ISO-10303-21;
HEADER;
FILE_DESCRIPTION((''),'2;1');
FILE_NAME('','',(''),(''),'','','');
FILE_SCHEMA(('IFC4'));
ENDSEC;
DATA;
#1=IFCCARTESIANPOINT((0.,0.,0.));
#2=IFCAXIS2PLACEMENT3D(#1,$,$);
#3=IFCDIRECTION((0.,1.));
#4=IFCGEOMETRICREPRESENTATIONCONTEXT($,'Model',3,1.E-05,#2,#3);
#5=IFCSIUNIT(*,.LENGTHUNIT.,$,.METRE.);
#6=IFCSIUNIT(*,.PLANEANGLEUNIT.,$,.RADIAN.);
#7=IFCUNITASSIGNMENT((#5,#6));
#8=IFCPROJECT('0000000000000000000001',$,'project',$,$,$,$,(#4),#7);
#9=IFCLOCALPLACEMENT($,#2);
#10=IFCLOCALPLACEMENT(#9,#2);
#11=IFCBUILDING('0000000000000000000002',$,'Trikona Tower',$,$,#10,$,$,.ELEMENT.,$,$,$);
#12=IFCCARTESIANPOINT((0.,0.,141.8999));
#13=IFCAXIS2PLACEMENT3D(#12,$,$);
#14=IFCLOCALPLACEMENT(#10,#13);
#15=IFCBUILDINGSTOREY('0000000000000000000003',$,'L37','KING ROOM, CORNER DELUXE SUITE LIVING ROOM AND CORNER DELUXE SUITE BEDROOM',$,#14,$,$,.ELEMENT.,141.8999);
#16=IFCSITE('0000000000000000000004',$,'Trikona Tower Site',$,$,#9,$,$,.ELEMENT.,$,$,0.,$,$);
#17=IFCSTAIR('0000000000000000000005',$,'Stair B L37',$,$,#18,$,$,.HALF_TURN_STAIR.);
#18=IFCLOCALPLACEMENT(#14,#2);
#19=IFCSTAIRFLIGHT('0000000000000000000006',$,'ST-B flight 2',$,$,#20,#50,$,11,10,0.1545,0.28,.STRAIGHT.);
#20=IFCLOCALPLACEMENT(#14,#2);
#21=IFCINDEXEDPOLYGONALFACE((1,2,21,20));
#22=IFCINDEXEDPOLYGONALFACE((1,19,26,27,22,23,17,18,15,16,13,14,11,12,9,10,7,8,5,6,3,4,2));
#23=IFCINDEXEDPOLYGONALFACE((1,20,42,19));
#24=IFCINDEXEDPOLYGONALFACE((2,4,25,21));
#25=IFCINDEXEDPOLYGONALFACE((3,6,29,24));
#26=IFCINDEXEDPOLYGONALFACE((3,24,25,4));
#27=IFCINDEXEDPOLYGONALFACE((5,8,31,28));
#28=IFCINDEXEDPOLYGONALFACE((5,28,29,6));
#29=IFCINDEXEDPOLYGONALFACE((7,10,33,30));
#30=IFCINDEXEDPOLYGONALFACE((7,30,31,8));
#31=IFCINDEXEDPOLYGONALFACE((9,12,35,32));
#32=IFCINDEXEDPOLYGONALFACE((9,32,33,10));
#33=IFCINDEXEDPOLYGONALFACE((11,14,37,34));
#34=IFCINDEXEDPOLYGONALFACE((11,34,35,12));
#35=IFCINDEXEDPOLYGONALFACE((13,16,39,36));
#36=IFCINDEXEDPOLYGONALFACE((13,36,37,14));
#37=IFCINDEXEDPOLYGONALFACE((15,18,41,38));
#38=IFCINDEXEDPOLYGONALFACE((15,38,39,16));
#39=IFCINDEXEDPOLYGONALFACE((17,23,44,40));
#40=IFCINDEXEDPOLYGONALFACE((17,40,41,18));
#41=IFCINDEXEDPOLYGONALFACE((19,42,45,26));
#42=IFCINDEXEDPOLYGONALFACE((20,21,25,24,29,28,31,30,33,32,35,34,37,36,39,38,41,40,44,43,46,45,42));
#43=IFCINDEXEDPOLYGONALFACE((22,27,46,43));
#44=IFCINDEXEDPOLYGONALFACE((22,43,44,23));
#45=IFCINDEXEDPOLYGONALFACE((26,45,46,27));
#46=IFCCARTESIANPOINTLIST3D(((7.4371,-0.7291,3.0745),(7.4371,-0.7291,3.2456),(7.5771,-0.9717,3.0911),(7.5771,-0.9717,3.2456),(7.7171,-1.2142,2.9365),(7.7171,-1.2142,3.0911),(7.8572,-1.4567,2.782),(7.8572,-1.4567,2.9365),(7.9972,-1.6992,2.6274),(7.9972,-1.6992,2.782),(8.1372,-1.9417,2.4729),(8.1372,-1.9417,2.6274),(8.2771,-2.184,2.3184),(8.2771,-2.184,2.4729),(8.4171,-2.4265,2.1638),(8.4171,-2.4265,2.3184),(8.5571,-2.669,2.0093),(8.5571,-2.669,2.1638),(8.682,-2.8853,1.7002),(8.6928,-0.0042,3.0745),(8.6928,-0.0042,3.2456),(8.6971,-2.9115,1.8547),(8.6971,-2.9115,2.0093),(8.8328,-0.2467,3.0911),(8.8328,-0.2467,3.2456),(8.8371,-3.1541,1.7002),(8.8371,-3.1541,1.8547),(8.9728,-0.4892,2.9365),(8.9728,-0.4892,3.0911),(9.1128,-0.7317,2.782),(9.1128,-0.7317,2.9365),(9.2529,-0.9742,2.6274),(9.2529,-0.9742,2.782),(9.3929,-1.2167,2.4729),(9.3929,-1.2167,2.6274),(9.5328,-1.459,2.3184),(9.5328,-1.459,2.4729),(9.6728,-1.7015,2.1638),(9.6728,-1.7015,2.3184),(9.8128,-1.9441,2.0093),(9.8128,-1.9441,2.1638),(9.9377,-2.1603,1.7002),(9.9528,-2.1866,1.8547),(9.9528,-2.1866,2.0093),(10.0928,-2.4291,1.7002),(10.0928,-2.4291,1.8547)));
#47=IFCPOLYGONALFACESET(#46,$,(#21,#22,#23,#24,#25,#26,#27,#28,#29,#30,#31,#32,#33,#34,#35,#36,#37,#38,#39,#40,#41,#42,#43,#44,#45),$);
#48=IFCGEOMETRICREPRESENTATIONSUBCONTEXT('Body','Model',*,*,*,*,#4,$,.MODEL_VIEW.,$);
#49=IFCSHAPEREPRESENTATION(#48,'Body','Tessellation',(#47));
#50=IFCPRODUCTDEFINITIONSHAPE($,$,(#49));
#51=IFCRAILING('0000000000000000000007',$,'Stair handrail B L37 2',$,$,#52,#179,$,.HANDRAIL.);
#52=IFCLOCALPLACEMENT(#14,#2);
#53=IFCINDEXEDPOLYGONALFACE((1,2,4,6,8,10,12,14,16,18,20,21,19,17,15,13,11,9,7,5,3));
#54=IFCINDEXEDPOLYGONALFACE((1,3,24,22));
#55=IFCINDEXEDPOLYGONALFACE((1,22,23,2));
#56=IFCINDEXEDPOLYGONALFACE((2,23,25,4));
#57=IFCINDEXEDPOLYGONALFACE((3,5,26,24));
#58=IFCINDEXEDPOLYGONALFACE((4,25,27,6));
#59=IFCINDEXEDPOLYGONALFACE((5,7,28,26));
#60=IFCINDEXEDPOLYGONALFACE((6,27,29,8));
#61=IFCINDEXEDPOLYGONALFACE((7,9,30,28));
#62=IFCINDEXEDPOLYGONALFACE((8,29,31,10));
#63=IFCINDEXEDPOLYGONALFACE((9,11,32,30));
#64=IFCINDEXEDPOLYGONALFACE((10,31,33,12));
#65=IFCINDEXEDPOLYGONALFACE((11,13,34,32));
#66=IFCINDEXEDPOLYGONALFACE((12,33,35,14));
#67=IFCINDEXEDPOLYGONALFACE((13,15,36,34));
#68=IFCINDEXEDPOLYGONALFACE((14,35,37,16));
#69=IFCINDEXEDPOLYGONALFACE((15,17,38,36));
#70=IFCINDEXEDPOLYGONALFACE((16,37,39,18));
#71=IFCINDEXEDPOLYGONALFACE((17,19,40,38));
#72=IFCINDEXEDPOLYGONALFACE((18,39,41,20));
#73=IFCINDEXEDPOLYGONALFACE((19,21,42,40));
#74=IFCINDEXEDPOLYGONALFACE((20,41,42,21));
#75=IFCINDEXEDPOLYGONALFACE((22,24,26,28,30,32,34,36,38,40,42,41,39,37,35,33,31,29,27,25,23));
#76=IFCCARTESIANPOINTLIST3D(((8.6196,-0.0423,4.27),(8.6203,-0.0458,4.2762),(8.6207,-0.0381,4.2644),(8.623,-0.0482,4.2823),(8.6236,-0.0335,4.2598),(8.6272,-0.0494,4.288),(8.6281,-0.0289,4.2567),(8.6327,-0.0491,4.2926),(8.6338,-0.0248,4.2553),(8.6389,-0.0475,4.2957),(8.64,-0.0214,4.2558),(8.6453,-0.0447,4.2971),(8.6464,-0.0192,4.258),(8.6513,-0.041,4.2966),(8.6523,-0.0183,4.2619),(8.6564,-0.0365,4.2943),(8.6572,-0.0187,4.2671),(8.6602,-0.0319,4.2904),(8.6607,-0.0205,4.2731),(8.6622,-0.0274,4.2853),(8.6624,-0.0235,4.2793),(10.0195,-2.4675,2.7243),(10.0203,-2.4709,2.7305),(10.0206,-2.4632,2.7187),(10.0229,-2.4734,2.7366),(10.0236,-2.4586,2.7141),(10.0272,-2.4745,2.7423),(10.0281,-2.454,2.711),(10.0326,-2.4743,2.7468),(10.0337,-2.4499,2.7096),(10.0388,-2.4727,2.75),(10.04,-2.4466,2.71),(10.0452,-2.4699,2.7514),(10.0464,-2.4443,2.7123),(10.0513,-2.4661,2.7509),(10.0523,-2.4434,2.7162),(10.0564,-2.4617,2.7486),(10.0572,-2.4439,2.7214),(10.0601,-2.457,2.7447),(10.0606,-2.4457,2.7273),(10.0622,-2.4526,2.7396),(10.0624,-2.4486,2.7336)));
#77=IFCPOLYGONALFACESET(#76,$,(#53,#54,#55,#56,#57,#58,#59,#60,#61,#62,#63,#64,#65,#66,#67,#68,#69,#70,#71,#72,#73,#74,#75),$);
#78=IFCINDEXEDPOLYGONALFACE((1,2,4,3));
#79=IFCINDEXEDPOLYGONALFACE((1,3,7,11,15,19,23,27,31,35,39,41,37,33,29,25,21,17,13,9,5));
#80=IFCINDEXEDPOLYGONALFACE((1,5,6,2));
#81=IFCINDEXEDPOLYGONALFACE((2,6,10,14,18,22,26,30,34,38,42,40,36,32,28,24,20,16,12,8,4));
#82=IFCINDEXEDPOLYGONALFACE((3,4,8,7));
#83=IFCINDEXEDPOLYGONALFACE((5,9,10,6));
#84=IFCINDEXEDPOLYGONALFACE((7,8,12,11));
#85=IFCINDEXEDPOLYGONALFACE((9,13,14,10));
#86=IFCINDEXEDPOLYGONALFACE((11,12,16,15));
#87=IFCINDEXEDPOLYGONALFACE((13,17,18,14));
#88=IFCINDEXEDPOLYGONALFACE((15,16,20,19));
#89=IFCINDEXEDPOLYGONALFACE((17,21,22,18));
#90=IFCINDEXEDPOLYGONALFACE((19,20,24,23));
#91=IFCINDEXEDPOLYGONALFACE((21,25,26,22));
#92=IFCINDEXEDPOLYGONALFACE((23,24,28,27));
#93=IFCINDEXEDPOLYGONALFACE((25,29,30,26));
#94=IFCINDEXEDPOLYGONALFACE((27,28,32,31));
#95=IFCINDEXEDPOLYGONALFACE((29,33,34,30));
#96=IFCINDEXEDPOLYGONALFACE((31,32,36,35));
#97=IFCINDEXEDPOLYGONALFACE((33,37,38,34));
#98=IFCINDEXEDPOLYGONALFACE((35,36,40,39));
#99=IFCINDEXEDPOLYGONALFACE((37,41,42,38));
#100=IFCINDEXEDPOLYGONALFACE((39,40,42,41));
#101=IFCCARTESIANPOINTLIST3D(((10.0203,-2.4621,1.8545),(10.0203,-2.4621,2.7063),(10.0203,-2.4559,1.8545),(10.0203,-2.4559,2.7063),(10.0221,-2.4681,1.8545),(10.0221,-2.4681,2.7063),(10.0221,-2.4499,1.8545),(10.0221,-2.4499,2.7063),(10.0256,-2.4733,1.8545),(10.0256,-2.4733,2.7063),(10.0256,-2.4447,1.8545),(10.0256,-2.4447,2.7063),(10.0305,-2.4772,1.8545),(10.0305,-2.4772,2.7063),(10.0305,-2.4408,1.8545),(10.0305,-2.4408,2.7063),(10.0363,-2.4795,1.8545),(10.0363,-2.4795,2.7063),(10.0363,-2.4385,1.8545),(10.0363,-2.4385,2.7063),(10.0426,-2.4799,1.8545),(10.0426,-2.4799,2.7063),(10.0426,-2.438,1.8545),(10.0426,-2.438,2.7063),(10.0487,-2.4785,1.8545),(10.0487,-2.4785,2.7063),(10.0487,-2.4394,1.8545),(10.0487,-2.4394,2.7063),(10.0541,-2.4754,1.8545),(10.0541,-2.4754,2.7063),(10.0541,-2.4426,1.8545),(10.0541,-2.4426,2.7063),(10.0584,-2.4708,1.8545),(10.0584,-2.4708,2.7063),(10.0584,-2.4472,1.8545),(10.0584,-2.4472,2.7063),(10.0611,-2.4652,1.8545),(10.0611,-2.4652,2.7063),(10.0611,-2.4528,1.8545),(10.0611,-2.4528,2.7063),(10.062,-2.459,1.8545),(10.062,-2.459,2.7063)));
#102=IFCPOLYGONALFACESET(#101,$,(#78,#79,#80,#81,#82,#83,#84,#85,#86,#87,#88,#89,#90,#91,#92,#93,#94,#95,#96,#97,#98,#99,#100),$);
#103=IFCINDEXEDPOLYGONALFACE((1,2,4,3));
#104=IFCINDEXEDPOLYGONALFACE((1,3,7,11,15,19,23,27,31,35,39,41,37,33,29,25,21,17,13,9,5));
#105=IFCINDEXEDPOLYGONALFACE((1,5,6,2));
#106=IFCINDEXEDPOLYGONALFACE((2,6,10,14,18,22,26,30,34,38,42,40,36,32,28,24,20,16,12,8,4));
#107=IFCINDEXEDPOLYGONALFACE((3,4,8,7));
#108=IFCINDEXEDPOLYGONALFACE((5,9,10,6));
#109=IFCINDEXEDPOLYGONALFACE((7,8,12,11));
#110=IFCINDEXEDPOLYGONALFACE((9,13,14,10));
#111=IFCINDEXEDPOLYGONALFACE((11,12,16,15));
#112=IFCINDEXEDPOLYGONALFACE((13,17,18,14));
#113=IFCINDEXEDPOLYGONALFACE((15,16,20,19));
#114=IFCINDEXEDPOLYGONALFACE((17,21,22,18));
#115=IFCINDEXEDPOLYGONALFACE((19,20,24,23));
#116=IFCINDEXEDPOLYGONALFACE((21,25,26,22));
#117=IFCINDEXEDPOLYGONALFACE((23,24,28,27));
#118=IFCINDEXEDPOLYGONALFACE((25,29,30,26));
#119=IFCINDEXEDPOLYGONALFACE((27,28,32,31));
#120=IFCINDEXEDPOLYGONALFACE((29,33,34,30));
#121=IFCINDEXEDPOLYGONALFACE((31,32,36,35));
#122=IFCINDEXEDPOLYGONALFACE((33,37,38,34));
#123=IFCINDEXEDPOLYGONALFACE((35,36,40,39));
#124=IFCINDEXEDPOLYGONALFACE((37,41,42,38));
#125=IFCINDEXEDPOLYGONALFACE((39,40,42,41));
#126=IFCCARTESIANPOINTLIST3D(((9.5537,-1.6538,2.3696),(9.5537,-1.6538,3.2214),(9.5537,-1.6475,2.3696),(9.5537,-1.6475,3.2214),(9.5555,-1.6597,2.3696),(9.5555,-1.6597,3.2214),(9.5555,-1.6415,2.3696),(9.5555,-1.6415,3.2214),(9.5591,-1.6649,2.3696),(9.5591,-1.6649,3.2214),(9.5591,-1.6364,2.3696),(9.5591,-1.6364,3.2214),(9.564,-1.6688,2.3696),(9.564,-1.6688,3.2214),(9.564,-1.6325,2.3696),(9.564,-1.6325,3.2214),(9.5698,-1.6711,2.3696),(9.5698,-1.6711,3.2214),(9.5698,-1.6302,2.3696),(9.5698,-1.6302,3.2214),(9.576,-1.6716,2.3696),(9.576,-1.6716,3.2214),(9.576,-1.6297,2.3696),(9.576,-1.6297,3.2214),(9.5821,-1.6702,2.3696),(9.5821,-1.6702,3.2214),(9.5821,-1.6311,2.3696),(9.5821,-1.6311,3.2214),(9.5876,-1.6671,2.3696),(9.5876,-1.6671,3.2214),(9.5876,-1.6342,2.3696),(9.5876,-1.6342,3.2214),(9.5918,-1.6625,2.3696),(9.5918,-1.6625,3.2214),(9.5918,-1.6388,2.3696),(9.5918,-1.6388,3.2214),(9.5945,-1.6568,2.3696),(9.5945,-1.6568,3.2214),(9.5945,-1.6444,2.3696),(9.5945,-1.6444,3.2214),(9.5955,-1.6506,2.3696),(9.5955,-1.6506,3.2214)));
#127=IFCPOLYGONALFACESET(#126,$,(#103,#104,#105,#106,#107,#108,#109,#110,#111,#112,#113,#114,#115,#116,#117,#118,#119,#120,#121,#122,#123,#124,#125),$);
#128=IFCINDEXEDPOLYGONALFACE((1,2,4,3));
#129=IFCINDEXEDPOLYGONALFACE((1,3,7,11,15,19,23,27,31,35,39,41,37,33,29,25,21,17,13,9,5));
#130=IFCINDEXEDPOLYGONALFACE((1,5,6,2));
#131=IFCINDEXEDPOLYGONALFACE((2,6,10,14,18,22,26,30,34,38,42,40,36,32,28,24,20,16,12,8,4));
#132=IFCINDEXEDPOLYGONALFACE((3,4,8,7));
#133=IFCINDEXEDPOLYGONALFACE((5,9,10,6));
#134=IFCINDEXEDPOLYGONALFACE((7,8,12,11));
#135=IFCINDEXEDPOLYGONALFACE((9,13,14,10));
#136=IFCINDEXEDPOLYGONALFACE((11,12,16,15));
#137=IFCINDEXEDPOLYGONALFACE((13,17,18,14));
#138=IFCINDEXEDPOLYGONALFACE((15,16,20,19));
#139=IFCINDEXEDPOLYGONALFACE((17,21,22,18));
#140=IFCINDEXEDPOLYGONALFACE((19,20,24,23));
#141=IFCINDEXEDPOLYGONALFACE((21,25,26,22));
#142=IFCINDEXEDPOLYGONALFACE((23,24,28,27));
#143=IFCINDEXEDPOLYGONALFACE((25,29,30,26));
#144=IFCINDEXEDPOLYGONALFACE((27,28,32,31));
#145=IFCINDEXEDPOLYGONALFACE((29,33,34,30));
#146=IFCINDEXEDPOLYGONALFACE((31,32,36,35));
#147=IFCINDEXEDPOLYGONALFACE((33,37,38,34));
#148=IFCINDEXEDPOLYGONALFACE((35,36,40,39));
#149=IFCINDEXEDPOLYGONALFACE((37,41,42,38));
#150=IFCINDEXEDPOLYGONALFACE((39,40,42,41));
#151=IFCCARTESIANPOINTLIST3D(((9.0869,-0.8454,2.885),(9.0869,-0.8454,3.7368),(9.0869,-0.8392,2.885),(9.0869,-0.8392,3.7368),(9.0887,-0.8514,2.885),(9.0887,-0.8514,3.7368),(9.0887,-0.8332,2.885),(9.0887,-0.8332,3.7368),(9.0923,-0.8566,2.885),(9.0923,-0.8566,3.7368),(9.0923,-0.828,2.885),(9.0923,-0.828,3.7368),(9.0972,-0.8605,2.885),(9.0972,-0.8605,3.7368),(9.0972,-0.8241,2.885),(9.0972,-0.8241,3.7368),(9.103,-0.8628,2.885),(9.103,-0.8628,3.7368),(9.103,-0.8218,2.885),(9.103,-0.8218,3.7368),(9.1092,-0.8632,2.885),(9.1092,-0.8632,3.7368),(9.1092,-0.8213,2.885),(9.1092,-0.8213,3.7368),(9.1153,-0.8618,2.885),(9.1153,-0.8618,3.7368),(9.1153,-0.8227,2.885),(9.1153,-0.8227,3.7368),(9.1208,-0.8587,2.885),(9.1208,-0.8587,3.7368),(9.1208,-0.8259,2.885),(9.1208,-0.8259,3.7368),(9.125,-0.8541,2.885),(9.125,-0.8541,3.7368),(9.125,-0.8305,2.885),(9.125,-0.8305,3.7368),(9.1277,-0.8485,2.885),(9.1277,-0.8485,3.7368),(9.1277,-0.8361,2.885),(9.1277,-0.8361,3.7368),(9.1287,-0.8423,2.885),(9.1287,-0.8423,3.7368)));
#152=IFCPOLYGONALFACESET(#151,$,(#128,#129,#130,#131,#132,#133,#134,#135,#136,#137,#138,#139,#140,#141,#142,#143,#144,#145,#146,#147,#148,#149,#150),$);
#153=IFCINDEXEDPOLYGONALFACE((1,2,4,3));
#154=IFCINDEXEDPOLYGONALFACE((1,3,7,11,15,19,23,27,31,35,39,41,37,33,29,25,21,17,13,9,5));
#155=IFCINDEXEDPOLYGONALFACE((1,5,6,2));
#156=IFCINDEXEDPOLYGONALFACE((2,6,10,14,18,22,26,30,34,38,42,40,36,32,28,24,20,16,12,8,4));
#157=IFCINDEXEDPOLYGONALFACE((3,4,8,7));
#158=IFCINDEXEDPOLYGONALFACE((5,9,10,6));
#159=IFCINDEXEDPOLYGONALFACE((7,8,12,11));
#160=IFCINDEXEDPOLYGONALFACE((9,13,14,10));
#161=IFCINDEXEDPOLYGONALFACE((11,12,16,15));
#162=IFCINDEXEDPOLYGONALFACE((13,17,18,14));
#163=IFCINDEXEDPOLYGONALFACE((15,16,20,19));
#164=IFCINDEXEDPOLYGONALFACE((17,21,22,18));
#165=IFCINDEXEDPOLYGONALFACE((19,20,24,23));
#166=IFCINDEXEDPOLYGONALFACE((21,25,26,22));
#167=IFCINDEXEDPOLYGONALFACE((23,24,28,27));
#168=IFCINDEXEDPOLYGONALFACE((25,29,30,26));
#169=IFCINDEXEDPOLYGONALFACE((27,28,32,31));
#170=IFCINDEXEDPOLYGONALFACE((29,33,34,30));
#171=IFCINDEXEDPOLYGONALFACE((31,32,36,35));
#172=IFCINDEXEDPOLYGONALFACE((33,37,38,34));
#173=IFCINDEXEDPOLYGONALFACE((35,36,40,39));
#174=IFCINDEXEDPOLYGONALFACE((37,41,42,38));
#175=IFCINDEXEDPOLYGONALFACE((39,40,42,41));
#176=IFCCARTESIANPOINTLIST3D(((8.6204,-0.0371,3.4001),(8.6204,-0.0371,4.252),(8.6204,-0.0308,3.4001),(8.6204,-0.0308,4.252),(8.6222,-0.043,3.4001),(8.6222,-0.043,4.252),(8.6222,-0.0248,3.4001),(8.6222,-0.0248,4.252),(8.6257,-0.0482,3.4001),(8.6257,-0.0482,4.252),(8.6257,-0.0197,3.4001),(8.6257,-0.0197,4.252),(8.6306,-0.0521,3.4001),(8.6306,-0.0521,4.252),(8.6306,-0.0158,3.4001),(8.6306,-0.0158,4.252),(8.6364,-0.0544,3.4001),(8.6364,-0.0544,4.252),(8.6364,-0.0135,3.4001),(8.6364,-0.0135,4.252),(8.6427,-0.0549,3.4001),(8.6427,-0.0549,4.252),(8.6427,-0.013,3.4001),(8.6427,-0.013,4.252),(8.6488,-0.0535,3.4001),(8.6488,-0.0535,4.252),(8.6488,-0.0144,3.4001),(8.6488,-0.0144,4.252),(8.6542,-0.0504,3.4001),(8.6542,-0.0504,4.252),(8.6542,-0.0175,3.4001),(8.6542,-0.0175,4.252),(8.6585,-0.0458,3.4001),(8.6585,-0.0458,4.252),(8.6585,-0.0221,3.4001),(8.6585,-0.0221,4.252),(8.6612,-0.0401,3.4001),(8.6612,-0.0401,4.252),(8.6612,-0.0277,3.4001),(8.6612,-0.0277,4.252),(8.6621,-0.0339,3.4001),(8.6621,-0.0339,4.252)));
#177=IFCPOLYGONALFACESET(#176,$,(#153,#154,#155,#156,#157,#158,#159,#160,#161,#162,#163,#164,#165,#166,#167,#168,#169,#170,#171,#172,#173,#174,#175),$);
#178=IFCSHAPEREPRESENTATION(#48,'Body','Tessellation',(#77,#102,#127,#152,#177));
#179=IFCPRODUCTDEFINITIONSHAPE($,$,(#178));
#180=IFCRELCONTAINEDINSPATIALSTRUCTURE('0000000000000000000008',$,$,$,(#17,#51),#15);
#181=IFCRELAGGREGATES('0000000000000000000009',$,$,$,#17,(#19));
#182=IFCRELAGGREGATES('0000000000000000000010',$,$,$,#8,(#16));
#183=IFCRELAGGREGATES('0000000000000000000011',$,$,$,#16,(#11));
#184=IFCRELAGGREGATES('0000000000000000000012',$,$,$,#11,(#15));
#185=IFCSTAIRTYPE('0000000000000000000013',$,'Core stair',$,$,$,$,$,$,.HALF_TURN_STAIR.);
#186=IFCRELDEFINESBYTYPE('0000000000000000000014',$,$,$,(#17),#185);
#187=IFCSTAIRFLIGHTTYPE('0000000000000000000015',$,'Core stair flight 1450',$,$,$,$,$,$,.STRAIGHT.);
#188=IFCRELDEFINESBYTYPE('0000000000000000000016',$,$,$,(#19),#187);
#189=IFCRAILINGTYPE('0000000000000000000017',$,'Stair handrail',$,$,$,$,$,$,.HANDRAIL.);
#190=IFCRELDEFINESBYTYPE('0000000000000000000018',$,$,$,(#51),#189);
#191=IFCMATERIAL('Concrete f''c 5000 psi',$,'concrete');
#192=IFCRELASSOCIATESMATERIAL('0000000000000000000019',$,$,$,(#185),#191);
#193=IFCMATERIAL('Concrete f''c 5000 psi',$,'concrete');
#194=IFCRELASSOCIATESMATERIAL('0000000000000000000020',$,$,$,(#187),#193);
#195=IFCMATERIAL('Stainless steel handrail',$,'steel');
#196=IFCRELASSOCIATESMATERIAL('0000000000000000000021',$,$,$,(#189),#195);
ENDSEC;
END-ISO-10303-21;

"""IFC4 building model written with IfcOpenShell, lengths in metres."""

from ifc_helpers import new_model, si_unit, direction, frame, origin, origin_2d, place, context, subcontext, project, spatial, polyline, circle, outline, extrude, material, type_object, element, aggregate, save


model = new_model("IFC4")

# Units and contexts
model_context = context("Model", 3, precision=1e-05, world=origin(), true_north=direction((0.0, 1.0)))
body_context = subcontext(model_context, "Body", "Model", "MODEL_VIEW")
ifc_project = project(units=[si_unit("LENGTHUNIT", "METRE"), si_unit("PLANEANGLEUNIT", "RADIAN")], contexts=[model_context])

# Site, building, storey
site_placement = place(None, origin())
site = spatial("IfcSite", under=ifc_project, at=site_placement, Name="Trikona Tower Site", CompositionType="ELEMENT", RefElevation=0.0)
building_placement = place(site_placement, origin())
building = spatial("IfcBuilding", under=site, at=building_placement, Name="Trikona Tower", CompositionType="ELEMENT")
storey_placement = place(building_placement, frame((0.0, 0.0, 141.8999)))
storey = spatial("IfcBuildingStorey", under=building, at=storey_placement, Name="L37", Description="KING ROOM, CORNER DELUXE SUITE LIVING ROOM AND CORNER DELUXE SUITE BEDROOM", CompositionType="ELEMENT", Elevation=141.8999)

# Stair, stair flight
ifc_material_1 = material(Name="Concrete f'c 5000 psi", Category="concrete")
stair_type = type_object("IfcStairType", Name="Core stair", PredefinedType="HALF_TURN_STAIR", material=ifc_material_1)
stair_placement = place(storey_placement, origin())
stair = element("IfcStair", 1, at=stair_placement, inside=storey, type_object=stair_type, Name="Stair B L37", PredefinedType="HALF_TURN_STAIR")
ifc_material_2 = material(Name="Concrete f'c 5000 psi", Category="concrete")
stair_flight_type = type_object("IfcStairFlightType", Name="Core stair flight 1450", PredefinedType="STRAIGHT", material=ifc_material_2)
stair_flight_placement = place(storey_placement, frame((9.4651, -2.7915, 1.7002), z_axis=(0.0, 0.0, 1.0), x_axis=(-0.5, 0.866025, 0.0)))
stair_flight = element("IfcStairFlight", 2, at=stair_flight_placement, type_object=stair_flight_type, Name="ST-B flight 2", NumberOfRisers=11, NumberOfTreads=10, PredefinedType="STRAIGHT", RiserHeight=0.1545, TreadLength=0.28, context=body_context, shape_type="SweptSolid", body=[
    extrude(outline(polyline([(0.0, 0.0), (0.0, 0.1545), (0.28, 0.1545), (0.28, 0.3091), (0.5601, 0.3091), (0.5601, 0.4636), (0.8401, 0.4636), (0.8401, 0.6182), (1.1201, 0.6182), (1.1201, 0.7727), (1.3999, 0.7727), (1.3999, 0.9272), (1.6799, 0.9272), (1.6799, 1.0818), (1.96, 1.0818), (1.96, 1.2363), (2.24, 1.2363), (2.24, 1.3909), (2.52, 1.3909), (2.52, 1.5454), (2.8, 1.5454), (2.8, 1.7), (2.8, 1.3743), (0.3103, 0.0), (0.0, 0.0)])), frame((0.0, 0.7251, 0.0), z_axis=(0.0, -1.0, 0.0), x_axis=(1.0, 0.0, 0.0)), (0.0, 0.0, 1.0), 1.45),
])
aggregate(stair, [stair_flight])

# Railing
ifc_material_3 = material(Name="Stainless steel handrail", Category="steel")
railing_type = type_object("IfcRailingType", Name="Stair handrail", PredefinedType="HANDRAIL", material=ifc_material_3)
railing_placement = place(storey_placement, frame((10.041, -2.459, 1.8545)))
element("IfcRailing", 3, at=railing_placement, inside=storey, type_object=railing_type, Name="Stair handrail B L37 2", PredefinedType="HANDRAIL", context=body_context, shape_type="SweptSolid", body=[
    extrude(circle(Radius=0.0239, at=origin_2d()), frame((0.0, 0.0, 0.876), z_axis=(-0.437691, 0.758212, 0.483262), x_axis=(-0.866056, -0.499946, 0.0)), (0.0, 0.0, 1.0), 3.1985),
    extrude(circle(Radius=0.021, at=origin_2d()), origin(), (0.0, 0.0, 1.0), 0.8518),
    extrude(circle(Radius=0.021, at=origin_2d()), frame((-0.4666, 0.8083, 0.5151)), (0.0, 0.0, 1.0), 0.8518),
    extrude(circle(Radius=0.021, at=origin_2d()), frame((-0.9333, 1.6167, 1.0305)), (0.0, 0.0, 1.0), 0.8518),
    extrude(circle(Radius=0.021, at=origin_2d()), frame((-1.3999, 2.425, 1.5457)), (0.0, 0.0, 1.0), 0.8518),
])

save(model, "model.ifc")
